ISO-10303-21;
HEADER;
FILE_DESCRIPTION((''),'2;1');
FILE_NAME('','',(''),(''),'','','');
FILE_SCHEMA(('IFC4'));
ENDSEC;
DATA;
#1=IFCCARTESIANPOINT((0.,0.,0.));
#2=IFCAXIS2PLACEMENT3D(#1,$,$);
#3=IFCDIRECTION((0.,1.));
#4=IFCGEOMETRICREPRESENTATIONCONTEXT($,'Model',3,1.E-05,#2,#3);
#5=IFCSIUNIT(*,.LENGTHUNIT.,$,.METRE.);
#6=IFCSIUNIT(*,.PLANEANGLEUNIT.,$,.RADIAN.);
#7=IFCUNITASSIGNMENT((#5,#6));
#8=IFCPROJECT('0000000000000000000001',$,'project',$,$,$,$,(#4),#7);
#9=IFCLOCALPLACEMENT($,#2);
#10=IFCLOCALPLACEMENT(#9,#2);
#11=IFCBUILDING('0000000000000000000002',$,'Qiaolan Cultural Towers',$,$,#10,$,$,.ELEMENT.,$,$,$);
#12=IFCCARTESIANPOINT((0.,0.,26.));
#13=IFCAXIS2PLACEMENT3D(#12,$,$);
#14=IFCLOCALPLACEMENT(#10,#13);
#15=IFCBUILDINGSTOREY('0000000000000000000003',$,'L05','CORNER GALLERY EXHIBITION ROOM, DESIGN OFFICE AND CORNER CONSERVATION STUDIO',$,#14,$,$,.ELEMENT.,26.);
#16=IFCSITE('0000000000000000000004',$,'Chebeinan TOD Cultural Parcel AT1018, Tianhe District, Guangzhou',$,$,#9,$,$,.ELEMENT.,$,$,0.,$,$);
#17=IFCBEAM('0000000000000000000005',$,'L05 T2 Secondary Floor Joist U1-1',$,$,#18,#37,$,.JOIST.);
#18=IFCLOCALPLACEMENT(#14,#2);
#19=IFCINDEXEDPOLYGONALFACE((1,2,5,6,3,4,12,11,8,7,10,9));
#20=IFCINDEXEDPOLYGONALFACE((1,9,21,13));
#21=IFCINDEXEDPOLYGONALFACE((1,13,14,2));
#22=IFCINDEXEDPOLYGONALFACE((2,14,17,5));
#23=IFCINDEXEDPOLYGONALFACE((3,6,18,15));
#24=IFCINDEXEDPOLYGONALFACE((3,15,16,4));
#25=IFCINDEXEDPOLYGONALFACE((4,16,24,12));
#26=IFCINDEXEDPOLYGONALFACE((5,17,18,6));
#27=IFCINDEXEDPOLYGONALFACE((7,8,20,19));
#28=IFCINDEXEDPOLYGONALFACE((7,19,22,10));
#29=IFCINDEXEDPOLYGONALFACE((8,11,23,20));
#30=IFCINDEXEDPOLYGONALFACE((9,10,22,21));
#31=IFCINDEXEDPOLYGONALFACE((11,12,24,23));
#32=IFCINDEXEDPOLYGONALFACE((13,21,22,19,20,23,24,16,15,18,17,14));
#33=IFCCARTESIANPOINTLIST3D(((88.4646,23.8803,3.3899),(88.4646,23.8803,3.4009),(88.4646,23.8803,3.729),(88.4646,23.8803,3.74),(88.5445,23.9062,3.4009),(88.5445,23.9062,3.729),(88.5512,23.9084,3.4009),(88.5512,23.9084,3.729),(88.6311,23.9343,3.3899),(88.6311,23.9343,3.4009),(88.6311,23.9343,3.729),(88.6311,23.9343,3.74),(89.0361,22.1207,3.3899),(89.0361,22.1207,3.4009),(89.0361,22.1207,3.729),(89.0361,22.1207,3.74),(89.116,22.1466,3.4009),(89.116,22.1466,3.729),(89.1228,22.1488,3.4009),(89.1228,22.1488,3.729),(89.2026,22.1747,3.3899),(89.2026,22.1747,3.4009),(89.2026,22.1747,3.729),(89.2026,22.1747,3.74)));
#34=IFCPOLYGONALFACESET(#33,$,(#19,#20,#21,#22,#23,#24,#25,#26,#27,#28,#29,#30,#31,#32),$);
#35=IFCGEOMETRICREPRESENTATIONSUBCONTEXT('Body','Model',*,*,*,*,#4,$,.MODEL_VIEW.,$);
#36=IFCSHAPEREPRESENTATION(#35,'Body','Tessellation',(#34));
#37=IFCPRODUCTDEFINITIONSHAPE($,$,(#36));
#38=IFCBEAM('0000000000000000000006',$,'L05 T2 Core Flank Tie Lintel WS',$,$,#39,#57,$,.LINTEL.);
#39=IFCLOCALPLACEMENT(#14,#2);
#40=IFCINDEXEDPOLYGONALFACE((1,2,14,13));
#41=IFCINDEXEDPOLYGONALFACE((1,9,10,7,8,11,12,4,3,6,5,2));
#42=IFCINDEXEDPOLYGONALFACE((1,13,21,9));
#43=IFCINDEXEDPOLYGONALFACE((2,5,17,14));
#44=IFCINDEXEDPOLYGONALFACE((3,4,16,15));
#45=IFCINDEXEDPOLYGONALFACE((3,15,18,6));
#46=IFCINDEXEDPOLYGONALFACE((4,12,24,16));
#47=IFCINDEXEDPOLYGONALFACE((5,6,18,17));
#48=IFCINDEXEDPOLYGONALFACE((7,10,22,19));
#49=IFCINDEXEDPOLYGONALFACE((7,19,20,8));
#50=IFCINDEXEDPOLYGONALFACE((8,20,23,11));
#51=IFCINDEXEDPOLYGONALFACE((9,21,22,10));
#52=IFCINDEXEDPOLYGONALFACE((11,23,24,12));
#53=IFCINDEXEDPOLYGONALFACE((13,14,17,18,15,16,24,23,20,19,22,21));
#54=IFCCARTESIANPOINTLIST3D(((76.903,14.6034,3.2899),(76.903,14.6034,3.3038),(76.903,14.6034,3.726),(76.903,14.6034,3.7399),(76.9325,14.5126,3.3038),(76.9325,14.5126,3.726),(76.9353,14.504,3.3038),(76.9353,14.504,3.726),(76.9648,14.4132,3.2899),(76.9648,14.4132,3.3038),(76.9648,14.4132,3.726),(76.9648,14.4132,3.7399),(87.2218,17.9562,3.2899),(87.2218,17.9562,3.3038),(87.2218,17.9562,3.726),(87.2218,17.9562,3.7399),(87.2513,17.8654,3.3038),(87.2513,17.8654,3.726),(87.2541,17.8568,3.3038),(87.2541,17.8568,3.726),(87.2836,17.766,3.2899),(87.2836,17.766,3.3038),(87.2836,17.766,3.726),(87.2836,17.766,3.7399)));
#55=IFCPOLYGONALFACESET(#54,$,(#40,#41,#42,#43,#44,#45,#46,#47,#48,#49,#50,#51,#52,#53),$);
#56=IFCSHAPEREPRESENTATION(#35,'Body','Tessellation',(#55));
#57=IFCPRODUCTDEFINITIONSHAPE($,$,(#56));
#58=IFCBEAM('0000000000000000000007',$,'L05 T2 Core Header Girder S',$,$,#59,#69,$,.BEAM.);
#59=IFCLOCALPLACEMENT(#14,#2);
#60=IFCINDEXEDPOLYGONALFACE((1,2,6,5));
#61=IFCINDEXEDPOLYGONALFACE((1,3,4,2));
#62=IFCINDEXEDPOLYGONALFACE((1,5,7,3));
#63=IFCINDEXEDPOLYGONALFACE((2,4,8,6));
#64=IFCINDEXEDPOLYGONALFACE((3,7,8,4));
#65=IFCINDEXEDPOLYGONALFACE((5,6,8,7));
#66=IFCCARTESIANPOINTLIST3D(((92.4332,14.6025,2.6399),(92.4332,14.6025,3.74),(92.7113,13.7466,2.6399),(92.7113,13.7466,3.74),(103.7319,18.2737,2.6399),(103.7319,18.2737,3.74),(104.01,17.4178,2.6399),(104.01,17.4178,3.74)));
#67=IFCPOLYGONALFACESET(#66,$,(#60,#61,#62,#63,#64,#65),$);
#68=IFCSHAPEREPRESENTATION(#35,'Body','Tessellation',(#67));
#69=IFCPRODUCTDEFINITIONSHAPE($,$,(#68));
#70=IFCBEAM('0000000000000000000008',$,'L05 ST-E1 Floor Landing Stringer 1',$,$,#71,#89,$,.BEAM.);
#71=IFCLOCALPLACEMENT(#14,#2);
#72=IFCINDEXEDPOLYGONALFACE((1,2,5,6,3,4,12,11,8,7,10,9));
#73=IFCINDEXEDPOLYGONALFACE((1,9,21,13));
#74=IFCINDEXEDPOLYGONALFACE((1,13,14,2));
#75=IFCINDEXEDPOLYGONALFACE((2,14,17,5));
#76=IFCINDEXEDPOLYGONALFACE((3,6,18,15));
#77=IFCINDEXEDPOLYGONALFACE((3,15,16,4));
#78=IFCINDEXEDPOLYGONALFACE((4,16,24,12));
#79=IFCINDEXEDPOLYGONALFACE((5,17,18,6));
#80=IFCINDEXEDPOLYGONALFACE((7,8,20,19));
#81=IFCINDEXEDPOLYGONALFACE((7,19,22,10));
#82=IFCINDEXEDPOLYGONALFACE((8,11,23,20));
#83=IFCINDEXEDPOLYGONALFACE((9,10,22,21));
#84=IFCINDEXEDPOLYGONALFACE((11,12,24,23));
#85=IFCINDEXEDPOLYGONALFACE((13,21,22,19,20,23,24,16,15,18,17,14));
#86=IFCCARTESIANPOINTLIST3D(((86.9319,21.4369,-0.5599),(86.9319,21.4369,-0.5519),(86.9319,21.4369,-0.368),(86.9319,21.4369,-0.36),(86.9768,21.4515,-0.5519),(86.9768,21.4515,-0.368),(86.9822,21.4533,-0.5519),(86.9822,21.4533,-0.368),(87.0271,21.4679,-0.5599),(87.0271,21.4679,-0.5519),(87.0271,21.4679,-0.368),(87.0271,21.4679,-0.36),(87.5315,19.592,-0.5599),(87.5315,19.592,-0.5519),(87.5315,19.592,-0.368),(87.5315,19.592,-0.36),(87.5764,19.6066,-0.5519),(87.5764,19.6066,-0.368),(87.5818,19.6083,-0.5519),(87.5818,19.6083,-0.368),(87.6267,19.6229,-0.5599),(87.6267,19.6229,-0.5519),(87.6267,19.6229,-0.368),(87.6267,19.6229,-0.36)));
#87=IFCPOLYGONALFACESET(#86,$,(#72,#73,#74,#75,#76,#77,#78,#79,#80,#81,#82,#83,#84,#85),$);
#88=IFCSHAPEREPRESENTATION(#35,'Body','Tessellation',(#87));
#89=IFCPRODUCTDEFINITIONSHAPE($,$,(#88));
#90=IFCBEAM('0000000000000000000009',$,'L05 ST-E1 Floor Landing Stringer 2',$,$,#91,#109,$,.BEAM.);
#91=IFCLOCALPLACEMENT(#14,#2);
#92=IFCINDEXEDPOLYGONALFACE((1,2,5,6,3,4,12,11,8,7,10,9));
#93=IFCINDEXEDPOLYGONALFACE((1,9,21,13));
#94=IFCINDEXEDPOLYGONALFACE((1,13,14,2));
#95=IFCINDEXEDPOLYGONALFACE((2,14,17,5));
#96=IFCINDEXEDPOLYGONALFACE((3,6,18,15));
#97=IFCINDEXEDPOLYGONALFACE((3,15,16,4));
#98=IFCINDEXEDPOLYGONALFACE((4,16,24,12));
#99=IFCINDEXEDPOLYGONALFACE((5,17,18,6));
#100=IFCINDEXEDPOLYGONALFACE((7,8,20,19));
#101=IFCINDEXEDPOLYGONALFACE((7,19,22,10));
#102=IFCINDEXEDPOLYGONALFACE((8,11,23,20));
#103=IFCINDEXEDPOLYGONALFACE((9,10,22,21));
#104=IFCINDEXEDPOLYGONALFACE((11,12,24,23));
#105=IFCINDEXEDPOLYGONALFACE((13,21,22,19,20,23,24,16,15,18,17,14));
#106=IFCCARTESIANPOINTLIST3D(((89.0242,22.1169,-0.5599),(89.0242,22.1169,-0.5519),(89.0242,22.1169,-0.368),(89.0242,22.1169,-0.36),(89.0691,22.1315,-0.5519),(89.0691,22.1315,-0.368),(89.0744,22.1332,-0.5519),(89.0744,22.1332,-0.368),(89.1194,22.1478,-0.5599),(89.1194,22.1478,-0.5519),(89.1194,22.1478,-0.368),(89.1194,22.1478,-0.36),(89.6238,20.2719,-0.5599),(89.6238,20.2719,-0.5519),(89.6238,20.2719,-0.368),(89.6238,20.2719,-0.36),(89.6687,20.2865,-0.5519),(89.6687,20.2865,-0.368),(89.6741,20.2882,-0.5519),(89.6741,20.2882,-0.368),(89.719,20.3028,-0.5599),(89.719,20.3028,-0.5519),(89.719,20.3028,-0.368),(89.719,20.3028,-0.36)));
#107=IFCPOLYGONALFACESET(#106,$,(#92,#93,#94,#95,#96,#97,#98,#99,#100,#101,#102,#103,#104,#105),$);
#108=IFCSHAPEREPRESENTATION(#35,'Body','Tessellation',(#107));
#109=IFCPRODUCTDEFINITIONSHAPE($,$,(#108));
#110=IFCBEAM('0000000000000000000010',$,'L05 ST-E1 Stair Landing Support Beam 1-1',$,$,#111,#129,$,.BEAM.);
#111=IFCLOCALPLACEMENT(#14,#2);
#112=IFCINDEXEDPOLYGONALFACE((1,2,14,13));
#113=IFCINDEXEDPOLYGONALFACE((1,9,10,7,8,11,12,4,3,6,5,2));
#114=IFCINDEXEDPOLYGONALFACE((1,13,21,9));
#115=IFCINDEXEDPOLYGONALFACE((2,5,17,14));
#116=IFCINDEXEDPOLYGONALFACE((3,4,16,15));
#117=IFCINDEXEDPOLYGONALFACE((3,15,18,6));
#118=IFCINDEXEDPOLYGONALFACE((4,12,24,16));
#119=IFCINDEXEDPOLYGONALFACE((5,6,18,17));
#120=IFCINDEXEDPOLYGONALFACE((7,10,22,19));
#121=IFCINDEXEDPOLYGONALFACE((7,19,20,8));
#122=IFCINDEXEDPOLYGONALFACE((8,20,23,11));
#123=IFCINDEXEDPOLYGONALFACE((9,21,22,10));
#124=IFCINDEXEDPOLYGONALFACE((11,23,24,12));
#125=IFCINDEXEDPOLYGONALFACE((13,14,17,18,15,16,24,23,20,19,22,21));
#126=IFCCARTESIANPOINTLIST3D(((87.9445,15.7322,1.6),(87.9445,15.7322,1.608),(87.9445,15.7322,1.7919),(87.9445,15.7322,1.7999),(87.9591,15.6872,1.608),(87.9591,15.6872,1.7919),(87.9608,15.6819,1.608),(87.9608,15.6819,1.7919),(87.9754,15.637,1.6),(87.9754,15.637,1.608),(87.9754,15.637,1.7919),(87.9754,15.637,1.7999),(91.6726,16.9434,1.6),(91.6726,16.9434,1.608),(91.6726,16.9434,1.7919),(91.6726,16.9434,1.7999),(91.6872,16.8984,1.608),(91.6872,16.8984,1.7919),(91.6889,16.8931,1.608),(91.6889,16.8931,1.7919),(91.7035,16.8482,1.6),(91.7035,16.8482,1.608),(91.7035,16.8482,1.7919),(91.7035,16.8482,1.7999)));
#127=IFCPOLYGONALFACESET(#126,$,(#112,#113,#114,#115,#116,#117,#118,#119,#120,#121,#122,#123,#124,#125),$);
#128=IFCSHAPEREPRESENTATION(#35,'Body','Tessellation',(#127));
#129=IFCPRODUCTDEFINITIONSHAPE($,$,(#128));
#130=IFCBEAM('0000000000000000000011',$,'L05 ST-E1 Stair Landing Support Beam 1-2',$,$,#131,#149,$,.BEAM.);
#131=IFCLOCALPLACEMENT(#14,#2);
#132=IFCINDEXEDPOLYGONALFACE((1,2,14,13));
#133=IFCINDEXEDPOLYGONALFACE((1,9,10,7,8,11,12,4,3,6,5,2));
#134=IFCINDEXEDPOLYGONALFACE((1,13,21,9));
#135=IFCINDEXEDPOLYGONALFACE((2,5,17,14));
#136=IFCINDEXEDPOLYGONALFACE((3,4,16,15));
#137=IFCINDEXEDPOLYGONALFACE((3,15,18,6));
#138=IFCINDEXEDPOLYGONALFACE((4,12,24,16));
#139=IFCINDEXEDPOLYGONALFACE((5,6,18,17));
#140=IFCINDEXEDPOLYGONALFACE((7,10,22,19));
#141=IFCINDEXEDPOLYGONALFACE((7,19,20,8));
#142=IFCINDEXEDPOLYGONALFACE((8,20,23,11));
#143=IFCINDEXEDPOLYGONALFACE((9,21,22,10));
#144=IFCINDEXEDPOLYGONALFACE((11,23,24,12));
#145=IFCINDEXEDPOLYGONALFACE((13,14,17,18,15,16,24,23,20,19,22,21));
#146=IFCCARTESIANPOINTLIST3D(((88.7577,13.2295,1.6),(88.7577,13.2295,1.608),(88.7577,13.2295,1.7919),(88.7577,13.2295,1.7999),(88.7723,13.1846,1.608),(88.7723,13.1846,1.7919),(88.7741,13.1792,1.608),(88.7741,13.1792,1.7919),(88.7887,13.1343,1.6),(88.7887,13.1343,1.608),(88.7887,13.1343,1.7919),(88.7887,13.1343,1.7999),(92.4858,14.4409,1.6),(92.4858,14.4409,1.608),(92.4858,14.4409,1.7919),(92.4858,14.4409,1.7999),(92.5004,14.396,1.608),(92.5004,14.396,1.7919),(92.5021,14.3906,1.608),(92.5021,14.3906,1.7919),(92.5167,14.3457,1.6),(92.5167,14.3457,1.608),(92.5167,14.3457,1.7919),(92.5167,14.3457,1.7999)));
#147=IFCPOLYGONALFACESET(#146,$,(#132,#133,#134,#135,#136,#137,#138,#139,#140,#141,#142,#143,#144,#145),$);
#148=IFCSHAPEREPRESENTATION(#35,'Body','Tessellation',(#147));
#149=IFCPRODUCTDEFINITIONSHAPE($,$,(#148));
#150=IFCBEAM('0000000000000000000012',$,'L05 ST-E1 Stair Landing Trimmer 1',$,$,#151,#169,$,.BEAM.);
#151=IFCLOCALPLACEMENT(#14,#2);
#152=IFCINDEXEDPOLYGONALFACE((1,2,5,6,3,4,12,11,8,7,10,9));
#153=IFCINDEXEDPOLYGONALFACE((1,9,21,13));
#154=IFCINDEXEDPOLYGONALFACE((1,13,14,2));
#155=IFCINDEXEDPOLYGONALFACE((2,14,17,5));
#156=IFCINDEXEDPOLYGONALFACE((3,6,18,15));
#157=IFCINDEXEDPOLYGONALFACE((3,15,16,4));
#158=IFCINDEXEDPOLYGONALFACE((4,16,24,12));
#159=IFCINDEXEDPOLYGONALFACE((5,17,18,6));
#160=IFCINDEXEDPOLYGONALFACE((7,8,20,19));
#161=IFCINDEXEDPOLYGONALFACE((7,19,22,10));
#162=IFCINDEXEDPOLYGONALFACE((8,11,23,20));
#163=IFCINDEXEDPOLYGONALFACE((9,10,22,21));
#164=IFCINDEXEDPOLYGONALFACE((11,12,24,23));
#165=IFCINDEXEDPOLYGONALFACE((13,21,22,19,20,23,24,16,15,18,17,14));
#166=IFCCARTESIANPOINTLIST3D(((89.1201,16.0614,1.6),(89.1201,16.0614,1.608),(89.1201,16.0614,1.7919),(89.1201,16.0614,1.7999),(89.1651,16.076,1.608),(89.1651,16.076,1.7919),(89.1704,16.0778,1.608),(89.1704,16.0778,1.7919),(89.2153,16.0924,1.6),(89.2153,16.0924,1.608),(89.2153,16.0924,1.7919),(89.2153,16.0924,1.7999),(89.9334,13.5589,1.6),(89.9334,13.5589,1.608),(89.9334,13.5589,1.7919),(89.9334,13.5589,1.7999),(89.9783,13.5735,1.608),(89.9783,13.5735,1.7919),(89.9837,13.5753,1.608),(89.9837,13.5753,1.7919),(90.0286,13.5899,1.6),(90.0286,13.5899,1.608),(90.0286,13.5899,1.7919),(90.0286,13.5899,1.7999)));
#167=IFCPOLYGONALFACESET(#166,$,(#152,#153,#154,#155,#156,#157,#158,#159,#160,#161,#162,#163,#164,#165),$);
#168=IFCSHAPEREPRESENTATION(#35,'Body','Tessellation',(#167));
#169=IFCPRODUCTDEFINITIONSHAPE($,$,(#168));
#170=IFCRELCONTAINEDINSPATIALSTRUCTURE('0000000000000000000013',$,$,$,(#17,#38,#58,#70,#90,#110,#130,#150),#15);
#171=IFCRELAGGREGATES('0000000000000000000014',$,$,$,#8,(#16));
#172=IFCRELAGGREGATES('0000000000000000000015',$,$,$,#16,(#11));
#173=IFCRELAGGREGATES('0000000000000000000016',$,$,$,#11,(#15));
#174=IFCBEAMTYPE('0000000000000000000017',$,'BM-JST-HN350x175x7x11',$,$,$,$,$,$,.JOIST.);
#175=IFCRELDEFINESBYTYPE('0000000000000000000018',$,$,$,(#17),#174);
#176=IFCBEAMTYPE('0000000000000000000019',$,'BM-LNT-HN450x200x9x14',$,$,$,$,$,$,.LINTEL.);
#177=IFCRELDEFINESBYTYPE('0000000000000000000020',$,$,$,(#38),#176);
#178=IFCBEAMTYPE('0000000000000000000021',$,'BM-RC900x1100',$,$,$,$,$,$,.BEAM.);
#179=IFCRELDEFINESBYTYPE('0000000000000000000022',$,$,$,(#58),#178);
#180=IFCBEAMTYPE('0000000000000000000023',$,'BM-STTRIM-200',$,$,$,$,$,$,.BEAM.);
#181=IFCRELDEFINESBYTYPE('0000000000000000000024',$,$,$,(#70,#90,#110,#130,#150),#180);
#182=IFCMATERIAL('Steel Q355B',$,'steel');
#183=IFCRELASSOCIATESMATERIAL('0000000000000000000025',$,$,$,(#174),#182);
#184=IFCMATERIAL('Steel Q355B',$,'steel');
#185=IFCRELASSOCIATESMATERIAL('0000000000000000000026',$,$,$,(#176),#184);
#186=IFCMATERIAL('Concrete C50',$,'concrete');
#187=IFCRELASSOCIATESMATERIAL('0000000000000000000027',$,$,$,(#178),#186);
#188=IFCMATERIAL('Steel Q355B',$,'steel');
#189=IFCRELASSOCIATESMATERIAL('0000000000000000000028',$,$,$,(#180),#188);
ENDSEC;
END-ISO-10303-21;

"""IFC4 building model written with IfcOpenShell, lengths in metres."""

from ifc_helpers import new_model, si_unit, direction, frame, origin, origin_2d, place, context, subcontext, project, spatial, rectangle, i_section, extrude, material, material_profile, profile_set, type_object, element, save


model = new_model("IFC4")

# Units and contexts
model_context = context("Model", 3, precision=1e-05, world=origin(), true_north=direction((0.0, 1.0)))
body_context = subcontext(model_context, "Body", "Model", "MODEL_VIEW")
ifc_project = project(units=[si_unit("LENGTHUNIT", "METRE"), si_unit("PLANEANGLEUNIT", "RADIAN")], contexts=[model_context])

# Site, building, storey
site_placement = place(None, origin())
site = spatial("IfcSite", under=ifc_project, at=site_placement, Name="Chebeinan TOD Cultural Parcel AT1018, Tianhe District, Guangzhou", CompositionType="ELEMENT", RefElevation=0.0)
building_placement = place(site_placement, origin())
building = spatial("IfcBuilding", under=site, at=building_placement, Name="Qiaolan Cultural Towers", CompositionType="ELEMENT")
storey_placement = place(building_placement, frame((0.0, 0.0, 26.0)))
storey = spatial("IfcBuildingStorey", under=building, at=storey_placement, Name="L05", Description="CORNER GALLERY EXHIBITION ROOM, DESIGN OFFICE AND CORNER CONSERVATION STUDIO", CompositionType="ELEMENT", Elevation=26.0)

# Beams
ifc_material_1 = material(Name="Steel Q355B", Category="steel")
ifc_material_profile_1 = material_profile(ifc_material_1, i_section(OverallWidth=0.175, OverallDepth=0.3501, WebThickness=0.0071, FlangeThickness=0.011, at=origin_2d()), Name="HN350x175x7x11")
ifc_profile_set_1 = profile_set([ifc_material_profile_1], Name="Steel Q355B")
beam_type_1 = type_object("IfcBeamType", Name="BM-JST-HN350x175x7x11", PredefinedType="JOIST", material=ifc_profile_set_1)
beam_1_placement = place(storey_placement, frame((89.1194, 22.1477, 3.5649), z_axis=(-0.308934, 0.951084, 0.0), x_axis=(-0.951084, -0.308934, 0.0)))
element("IfcBeam", 1, at=beam_1_placement, inside=storey, type_object=beam_type_1, Name="L05 T2 Secondary Floor Joist U1-1", PredefinedType="JOIST", context=body_context, shape_type="SweptSolid", body=[
    extrude(i_section(OverallWidth=0.175, OverallDepth=0.3501, WebThickness=0.0071, FlangeThickness=0.011, at=origin_2d()), origin(), (0.0, 0.0, 1.0), 1.8501),
])
ifc_material_2 = material(Name="Steel Q355B", Category="steel")
ifc_material_profile_2 = material_profile(ifc_material_2, i_section(OverallWidth=0.2, OverallDepth=0.45, WebThickness=0.009, FlangeThickness=0.0139, at=origin_2d()), Name="HN450x200x9x14")
ifc_profile_set_2 = profile_set([ifc_material_profile_2], Name="Steel Q355B")
beam_type_2 = type_object("IfcBeamType", Name="BM-LNT-HN450x200x9x14", PredefinedType="LINTEL", material=ifc_profile_set_2)
beam_2_placement = place(storey_placement, frame((87.2527, 17.8611, 3.5149), z_axis=(-0.951057, -0.309016, 0.0), x_axis=(0.309016, -0.951057, 0.0)))
element("IfcBeam", 2, at=beam_2_placement, inside=storey, type_object=beam_type_2, Name="L05 T2 Core Flank Tie Lintel WS", PredefinedType="LINTEL", context=body_context, shape_type="SweptSolid", body=[
    extrude(i_section(OverallWidth=0.2, OverallDepth=0.45, WebThickness=0.009, FlangeThickness=0.0139, at=origin_2d()), origin(), (0.0, 0.0, 1.0), 10.8499),
])
ifc_material_3 = material(Name="Concrete C50", Category="concrete")
ifc_material_profile_3 = material_profile(ifc_material_3, rectangle(XDim=0.8999, YDim=1.1001, at=origin_2d()), Name="RC900x1100")
ifc_profile_set_3 = profile_set([ifc_material_profile_3], Name="Concrete C50")
beam_type_3 = type_object("IfcBeamType", Name="BM-RC900x1100", PredefinedType="BEAM", material=ifc_profile_set_3)
beam_3_placement = place(storey_placement, frame((92.5723, 14.1746, 3.1899), z_axis=(0.951056, 0.309018, 0.0), x_axis=(-0.309018, 0.951056, 0.0)))
element("IfcBeam", 3, at=beam_3_placement, inside=storey, type_object=beam_type_3, Name="L05 T2 Core Header Girder S", PredefinedType="BEAM", context=body_context, shape_type="SweptSolid", body=[
    extrude(rectangle(XDim=0.8999, YDim=1.1001, at=origin_2d()), origin(), (0.0, 0.0, 1.0), 11.8801),
])
ifc_material_4 = material(Name="Steel Q355B", Category="steel")
ifc_material_profile_4 = material_profile(ifc_material_4, i_section(OverallWidth=0.1001, OverallDepth=0.2, WebThickness=0.0056, FlangeThickness=0.0081, at=origin_2d()), Name="HN200x100x5.5x8")
ifc_profile_set_4 = profile_set([ifc_material_profile_4], Name="Steel Q355B")
beam_type_4 = type_object("IfcBeamType", Name="BM-STTRIM-200", PredefinedType="BEAM", material=ifc_profile_set_4)
for number, where, z_axis, x_axis, name in (
    (4, (86.9795, 21.4524, -0.46), (0.309083, -0.951035, 0.0), (0.951035, 0.309083, 0.0), "L05 ST-E1 Floor Landing Stringer 1"),
    (5, (89.0718, 22.1323, -0.46), (0.309083, -0.951035, 0.0), (0.951035, 0.309083, 0.0), "L05 ST-E1 Floor Landing Stringer 2"),
):
    element("IfcBeam", number, at=place(storey_placement, frame(where, z_axis=z_axis, x_axis=x_axis)), inside=storey, type_object=beam_type_4, Name=name, PredefinedType="BEAM", context=body_context, shape_type="SweptSolid", body=[
        extrude(i_section(OverallWidth=0.1001, OverallDepth=0.2, WebThickness=0.0056, FlangeThickness=0.0081, at=origin_2d()), origin(), (0.0, 0.0, 1.0), 1.9399),
    ])
for number, where, z_axis, x_axis, name in (
    (6, (87.96, 15.6846, 1.7), (0.951066, 0.308987, 0.0), (-0.308987, 0.951066, 0.0), "L05 ST-E1 Stair Landing Support Beam 1-1"),
    (7, (88.7732, 13.1819, 1.7), (0.951048, 0.309044, 0.0), (-0.309044, 0.951048, 0.0), "L05 ST-E1 Stair Landing Support Beam 1-2"),
):
    element("IfcBeam", number, at=place(storey_placement, frame(where, z_axis=z_axis, x_axis=x_axis)), inside=storey, type_object=beam_type_4, Name=name, PredefinedType="BEAM", context=body_context, shape_type="SweptSolid", body=[
        extrude(i_section(OverallWidth=0.1001, OverallDepth=0.2, WebThickness=0.0056, FlangeThickness=0.0081, at=origin_2d()), origin(), (0.0, 0.0, 1.0), 3.9199),
    ])
beam_4_placement = place(storey_placement, frame((89.1677, 16.0769, 1.7), z_axis=(0.309065, -0.951041, 0.0), x_axis=(0.951041, 0.309065, 0.0)))
element("IfcBeam", 8, at=beam_4_placement, inside=storey, type_object=beam_type_4, Name="L05 ST-E1 Stair Landing Trimmer 1", PredefinedType="BEAM", context=body_context, shape_type="SweptSolid", body=[
    extrude(i_section(OverallWidth=0.1001, OverallDepth=0.2, WebThickness=0.0056, FlangeThickness=0.0081, at=origin_2d()), origin(), (0.0, 0.0, 1.0), 2.6313),
])

save(model, "model.ifc")
